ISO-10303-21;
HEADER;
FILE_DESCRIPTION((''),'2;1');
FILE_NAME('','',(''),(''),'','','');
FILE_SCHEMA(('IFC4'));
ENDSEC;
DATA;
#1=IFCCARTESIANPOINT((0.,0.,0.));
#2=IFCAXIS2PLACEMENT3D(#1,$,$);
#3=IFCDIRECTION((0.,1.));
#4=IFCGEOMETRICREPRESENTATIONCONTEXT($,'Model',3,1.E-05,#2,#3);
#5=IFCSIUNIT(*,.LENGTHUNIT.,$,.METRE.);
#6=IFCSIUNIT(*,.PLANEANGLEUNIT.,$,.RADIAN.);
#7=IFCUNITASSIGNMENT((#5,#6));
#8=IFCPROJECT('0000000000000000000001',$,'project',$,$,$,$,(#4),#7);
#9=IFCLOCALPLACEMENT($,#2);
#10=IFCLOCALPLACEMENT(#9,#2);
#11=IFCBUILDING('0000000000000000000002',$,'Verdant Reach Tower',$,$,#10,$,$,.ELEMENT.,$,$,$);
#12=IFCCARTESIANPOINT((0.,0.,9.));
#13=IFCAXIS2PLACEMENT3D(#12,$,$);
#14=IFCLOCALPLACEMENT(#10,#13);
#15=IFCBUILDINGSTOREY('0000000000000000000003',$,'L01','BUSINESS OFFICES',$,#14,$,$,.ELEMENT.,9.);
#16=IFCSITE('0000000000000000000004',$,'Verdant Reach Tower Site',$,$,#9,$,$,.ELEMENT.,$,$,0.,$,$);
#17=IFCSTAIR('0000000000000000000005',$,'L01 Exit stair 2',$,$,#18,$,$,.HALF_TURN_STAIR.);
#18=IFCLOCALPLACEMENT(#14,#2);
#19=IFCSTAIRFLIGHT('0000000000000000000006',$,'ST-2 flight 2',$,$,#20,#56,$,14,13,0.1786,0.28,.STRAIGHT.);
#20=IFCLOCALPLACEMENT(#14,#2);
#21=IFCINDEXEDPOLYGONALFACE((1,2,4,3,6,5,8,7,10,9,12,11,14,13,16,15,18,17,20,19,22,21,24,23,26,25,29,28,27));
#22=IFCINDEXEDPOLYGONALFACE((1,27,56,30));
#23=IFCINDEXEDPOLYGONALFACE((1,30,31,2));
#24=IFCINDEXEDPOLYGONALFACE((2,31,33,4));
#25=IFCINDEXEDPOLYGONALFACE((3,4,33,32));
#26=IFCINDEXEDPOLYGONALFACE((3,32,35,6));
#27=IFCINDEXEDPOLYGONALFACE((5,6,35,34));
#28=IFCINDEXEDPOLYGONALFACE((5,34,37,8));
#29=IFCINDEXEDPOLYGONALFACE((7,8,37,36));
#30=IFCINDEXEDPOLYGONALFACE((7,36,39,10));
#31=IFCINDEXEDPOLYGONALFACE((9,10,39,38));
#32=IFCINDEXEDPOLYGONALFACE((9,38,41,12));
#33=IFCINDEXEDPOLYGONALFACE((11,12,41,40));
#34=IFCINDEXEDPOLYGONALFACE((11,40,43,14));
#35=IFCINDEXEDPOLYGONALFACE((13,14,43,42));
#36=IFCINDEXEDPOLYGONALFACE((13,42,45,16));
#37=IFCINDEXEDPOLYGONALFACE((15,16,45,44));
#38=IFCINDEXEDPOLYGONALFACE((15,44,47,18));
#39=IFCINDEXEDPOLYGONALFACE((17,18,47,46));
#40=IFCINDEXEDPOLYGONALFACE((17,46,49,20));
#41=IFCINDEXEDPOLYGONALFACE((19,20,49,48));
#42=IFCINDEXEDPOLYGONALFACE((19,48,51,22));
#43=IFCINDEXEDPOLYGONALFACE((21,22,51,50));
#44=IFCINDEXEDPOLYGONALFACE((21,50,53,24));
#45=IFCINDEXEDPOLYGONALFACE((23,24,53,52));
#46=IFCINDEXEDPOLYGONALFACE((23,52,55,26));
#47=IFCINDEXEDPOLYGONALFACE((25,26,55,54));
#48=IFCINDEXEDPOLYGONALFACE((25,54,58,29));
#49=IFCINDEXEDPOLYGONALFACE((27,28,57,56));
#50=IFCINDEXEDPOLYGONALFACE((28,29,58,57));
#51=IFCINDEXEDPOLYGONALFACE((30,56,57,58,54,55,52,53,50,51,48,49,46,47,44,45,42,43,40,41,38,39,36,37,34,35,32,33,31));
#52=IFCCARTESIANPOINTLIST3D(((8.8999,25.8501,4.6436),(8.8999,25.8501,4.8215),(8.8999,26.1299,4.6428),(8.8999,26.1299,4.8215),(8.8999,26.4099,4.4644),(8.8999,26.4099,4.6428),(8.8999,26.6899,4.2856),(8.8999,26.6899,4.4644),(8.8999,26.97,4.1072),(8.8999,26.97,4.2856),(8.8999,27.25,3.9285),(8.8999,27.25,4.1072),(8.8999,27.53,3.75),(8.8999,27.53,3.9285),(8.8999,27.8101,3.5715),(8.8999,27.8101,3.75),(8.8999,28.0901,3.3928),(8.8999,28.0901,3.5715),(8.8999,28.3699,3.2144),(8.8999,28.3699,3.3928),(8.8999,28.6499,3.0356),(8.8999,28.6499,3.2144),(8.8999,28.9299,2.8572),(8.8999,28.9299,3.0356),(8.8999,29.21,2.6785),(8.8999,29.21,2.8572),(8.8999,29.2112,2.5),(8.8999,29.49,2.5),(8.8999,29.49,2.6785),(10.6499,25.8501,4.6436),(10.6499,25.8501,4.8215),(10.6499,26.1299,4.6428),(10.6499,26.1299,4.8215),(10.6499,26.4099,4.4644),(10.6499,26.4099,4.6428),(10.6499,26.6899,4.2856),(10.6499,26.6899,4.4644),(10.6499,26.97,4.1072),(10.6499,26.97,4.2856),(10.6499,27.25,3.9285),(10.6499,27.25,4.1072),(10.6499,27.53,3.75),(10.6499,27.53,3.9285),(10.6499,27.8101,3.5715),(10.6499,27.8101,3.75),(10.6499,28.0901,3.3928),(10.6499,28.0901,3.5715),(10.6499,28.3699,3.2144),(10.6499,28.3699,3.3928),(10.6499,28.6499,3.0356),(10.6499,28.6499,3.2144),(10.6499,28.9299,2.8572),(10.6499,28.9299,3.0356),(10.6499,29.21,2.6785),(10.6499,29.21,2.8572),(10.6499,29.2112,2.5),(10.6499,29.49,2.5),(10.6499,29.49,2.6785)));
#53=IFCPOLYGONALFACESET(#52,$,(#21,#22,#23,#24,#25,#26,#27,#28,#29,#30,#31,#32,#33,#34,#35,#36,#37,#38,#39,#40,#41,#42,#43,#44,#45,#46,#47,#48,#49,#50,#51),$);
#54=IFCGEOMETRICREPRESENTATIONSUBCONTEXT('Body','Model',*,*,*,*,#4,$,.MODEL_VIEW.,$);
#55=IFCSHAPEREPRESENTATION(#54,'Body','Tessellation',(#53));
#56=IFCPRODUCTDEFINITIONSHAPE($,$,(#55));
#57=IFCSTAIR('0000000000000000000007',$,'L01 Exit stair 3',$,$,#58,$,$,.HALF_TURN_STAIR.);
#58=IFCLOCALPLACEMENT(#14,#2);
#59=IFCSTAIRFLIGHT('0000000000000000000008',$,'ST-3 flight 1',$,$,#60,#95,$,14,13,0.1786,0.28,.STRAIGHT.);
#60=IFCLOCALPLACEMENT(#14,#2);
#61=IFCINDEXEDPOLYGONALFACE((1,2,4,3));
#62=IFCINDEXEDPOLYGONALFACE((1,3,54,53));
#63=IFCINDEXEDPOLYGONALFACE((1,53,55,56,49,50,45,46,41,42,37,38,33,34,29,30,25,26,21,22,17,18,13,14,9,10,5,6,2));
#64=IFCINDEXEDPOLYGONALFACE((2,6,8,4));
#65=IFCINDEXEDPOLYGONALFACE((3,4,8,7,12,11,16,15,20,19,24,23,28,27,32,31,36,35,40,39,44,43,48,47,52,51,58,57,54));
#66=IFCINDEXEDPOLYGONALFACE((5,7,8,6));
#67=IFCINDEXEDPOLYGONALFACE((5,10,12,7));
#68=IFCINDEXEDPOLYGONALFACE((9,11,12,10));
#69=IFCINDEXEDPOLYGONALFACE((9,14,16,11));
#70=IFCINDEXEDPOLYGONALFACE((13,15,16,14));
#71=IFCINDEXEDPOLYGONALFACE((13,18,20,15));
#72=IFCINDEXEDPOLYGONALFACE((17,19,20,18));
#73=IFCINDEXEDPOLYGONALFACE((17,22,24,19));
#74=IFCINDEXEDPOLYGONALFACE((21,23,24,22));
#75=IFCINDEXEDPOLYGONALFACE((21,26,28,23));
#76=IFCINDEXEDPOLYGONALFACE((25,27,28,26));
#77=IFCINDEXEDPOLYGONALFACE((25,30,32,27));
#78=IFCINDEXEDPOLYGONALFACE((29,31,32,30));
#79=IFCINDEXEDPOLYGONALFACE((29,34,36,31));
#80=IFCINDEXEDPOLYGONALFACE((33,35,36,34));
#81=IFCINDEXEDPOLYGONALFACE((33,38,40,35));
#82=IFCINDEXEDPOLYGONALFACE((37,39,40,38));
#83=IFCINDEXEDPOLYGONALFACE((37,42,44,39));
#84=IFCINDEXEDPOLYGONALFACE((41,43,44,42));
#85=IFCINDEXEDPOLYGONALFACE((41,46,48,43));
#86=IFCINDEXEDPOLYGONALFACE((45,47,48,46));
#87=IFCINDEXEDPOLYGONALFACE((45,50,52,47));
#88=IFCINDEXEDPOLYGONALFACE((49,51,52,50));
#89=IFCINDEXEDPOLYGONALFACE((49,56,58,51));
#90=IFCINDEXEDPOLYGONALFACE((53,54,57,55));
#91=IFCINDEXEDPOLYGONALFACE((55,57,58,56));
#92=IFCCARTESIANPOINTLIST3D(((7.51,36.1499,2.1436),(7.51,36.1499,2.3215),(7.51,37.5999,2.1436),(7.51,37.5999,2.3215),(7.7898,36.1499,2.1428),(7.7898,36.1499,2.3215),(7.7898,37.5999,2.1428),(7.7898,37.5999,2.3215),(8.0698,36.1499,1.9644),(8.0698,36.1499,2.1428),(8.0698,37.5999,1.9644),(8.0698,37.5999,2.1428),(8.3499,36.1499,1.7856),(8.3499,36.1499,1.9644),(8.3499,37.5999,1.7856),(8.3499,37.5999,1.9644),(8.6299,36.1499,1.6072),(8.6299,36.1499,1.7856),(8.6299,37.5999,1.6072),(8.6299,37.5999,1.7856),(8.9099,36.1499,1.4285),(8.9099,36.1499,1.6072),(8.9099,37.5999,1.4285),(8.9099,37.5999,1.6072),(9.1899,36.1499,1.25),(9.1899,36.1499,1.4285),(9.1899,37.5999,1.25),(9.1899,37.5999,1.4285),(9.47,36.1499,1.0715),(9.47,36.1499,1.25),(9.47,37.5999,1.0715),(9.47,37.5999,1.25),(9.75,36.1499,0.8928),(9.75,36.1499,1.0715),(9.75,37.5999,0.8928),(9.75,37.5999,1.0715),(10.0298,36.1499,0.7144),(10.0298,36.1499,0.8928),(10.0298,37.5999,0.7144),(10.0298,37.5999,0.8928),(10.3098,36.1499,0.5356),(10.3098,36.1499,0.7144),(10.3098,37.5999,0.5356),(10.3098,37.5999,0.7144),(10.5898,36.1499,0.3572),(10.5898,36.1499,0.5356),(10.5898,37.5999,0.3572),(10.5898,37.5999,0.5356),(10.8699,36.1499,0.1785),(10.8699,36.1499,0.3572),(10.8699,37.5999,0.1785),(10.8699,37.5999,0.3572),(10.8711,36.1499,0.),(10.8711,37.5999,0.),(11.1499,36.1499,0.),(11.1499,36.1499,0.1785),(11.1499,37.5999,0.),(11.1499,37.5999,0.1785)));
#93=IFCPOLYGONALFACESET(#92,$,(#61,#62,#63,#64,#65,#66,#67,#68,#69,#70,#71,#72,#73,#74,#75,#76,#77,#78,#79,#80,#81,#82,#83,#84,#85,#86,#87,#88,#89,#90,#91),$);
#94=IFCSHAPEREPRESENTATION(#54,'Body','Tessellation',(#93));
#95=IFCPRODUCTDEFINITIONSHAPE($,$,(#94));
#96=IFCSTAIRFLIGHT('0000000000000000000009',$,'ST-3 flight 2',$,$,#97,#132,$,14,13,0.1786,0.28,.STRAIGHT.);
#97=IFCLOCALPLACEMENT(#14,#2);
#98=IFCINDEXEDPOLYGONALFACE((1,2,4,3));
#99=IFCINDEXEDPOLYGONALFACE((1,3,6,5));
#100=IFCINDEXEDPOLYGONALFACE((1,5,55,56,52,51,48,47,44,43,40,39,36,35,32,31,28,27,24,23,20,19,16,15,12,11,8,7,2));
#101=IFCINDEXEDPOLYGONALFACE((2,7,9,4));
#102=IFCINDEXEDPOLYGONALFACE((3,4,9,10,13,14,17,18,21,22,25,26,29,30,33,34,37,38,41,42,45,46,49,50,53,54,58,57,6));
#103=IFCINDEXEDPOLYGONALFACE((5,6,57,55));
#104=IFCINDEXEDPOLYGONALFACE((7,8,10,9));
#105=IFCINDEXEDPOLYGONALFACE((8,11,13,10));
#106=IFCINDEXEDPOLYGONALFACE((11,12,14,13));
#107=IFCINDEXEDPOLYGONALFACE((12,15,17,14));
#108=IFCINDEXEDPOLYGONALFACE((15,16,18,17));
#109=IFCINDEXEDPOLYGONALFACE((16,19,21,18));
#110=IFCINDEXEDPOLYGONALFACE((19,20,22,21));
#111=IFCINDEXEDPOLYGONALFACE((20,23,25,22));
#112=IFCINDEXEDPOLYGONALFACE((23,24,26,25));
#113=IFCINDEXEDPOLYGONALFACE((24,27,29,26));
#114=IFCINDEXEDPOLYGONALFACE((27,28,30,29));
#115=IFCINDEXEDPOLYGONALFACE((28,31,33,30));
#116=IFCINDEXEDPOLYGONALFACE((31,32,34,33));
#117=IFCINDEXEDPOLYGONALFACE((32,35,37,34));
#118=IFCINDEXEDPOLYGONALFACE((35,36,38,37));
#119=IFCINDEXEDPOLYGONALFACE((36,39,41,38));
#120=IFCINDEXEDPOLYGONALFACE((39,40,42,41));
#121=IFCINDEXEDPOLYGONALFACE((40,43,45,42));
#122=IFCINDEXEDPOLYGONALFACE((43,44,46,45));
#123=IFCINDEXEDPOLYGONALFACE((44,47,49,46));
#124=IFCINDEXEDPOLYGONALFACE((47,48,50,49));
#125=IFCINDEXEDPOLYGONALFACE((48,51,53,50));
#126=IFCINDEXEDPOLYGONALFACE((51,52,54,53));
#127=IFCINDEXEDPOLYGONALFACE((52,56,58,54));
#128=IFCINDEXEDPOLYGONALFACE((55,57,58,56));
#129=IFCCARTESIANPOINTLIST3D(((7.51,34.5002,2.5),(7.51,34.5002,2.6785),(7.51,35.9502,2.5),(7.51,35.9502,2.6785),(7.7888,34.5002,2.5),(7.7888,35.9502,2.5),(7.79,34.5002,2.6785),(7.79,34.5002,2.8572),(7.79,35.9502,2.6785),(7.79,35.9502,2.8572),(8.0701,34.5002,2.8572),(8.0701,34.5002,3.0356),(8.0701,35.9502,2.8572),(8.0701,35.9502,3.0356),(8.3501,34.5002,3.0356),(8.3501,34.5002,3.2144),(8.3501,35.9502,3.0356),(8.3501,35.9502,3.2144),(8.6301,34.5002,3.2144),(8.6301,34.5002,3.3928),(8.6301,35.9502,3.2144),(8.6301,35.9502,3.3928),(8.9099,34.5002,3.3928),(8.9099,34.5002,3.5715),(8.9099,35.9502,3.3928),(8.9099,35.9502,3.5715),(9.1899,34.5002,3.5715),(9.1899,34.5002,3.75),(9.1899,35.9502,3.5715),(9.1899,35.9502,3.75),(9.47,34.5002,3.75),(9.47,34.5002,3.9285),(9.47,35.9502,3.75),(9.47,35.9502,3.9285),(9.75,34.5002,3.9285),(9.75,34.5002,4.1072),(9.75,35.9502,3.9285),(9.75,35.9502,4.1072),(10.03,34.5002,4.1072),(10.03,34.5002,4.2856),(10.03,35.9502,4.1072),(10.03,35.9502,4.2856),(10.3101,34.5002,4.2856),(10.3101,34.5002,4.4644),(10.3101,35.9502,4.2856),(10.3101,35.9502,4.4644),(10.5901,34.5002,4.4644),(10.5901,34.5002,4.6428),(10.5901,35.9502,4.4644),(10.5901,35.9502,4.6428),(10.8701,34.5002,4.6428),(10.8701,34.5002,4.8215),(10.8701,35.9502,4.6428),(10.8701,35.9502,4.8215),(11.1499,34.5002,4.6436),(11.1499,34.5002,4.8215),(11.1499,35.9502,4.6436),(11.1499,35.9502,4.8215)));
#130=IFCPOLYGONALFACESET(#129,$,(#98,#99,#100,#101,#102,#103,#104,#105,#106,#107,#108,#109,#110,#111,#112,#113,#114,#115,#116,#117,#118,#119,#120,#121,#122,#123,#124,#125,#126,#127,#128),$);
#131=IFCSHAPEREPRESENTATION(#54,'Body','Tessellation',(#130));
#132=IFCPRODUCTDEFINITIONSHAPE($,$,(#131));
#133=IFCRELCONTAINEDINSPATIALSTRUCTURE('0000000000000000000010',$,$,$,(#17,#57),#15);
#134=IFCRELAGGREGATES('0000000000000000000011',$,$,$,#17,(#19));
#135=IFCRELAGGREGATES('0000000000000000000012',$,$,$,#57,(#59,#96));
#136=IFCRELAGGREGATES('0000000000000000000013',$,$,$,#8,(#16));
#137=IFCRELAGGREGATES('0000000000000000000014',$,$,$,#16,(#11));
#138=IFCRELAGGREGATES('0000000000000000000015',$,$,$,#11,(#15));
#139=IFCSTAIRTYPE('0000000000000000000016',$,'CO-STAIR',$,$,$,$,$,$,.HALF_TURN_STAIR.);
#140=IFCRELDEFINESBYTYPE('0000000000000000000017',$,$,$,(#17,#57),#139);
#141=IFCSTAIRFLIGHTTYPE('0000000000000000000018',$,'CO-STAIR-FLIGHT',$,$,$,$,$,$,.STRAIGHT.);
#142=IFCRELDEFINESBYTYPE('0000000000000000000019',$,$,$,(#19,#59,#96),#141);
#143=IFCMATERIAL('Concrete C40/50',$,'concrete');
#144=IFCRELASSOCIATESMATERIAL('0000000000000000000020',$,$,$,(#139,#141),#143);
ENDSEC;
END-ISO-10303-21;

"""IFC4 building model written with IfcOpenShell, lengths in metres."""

from ifc_helpers import new_model, si_unit, direction, frame, origin, place, context, subcontext, project, spatial, polyline, outline, extrude, material, type_object, element, aggregate, save


model = new_model("IFC4")

# Units and contexts
model_context = context("Model", 3, precision=1e-05, world=origin(), true_north=direction((0.0, 1.0)))
body_context = subcontext(model_context, "Body", "Model", "MODEL_VIEW")
ifc_project = project(units=[si_unit("LENGTHUNIT", "METRE"), si_unit("PLANEANGLEUNIT", "RADIAN")], contexts=[model_context])

# Site, building, storey
site_placement = place(None, origin())
site = spatial("IfcSite", under=ifc_project, at=site_placement, Name="Verdant Reach Tower Site", CompositionType="ELEMENT", RefElevation=0.0)
building_placement = place(site_placement, origin())
building = spatial("IfcBuilding", under=site, at=building_placement, Name="Verdant Reach Tower", CompositionType="ELEMENT")
storey_placement = place(building_placement, frame((0.0, 0.0, 9.0)))
storey = spatial("IfcBuildingStorey", under=building, at=storey_placement, Name="L01", Description="BUSINESS OFFICES", CompositionType="ELEMENT", Elevation=9.0)

# Shared definitions
ifc_material_1 = material(Name="Concrete C40/50", Category="concrete")

# Stairs, stair flights
stair_type = type_object("IfcStairType", Name="CO-STAIR", PredefinedType="HALF_TURN_STAIR", material=ifc_material_1)
stair_1_placement = place(storey_placement, origin())
stair_1 = element("IfcStair", 1, at=stair_1_placement, inside=storey, type_object=stair_type, Name="L01 Exit stair 2", PredefinedType="HALF_TURN_STAIR")
stair_flight_type = type_object("IfcStairFlightType", Name="CO-STAIR-FLIGHT", PredefinedType="STRAIGHT", material=ifc_material_1)
stair_flight_1_placement = place(storey_placement, frame((9.7749, 29.49, 2.5), z_axis=(0.0, 0.0, 1.0), x_axis=(0.0, -1.0, 0.0)))
stair_flight_1 = element("IfcStairFlight", 2, at=stair_flight_1_placement, type_object=stair_flight_type, Name="ST-2 flight 2", NumberOfRisers=14, NumberOfTreads=13, PredefinedType="STRAIGHT", RiserHeight=0.1786, TreadLength=0.28, context=body_context, shape_type="SweptSolid", body=[
    extrude(outline(polyline([(0.0, 0.0), (0.0, 0.1785), (0.28, 0.1785), (0.28, 0.3572), (0.5601, 0.3572), (0.5601, 0.5356), (0.8401, 0.5356), (0.8401, 0.7144), (1.1201, 0.7144), (1.1201, 0.8928), (1.3999, 0.8928), (1.3999, 1.0715), (1.6799, 1.0715), (1.6799, 1.25), (1.96, 1.25), (1.96, 1.4285), (2.24, 1.4285), (2.24, 1.6072), (2.52, 1.6072), (2.52, 1.7856), (2.8, 1.7856), (2.8, 1.9644), (3.0801, 1.9644), (3.0801, 2.1428), (3.3601, 2.1428), (3.3601, 2.3215), (3.6399, 2.3215), (3.6399, 2.5), (3.6399, 2.1436), (0.2788, 0.0), (0.0, 0.0)])), frame((0.0, 0.875, 0.0), z_axis=(0.0, -1.0, 0.0), x_axis=(1.0, 0.0, 0.0)), (0.0, 0.0, 1.0), 1.75),
])
aggregate(stair_1, [stair_flight_1])
stair_2_placement = place(storey_placement, origin())
stair_2 = element("IfcStair", 3, at=stair_2_placement, inside=storey, type_object=stair_type, Name="L01 Exit stair 3", PredefinedType="HALF_TURN_STAIR")
stair_flight_2_placement = place(storey_placement, frame((11.1499, 36.875, 0.0), z_axis=(0.0, 0.0, 1.0), x_axis=(-1.0, 0.0, 0.0)))
stair_flight_2 = element("IfcStairFlight", 4, at=stair_flight_2_placement, type_object=stair_flight_type, Name="ST-3 flight 1", NumberOfRisers=14, NumberOfTreads=13, PredefinedType="STRAIGHT", RiserHeight=0.1786, TreadLength=0.28, context=body_context, shape_type="SweptSolid", body=[
    extrude(outline(polyline([(0.0, 0.0), (0.0, 0.1785), (0.28, 0.1785), (0.28, 0.3572), (0.5601, 0.3572), (0.5601, 0.5356), (0.8401, 0.5356), (0.8401, 0.7144), (1.1201, 0.7144), (1.1201, 0.8928), (1.3999, 0.8928), (1.3999, 1.0715), (1.6799, 1.0715), (1.6799, 1.25), (1.96, 1.25), (1.96, 1.4285), (2.24, 1.4285), (2.24, 1.6072), (2.52, 1.6072), (2.52, 1.7856), (2.8, 1.7856), (2.8, 1.9644), (3.0801, 1.9644), (3.0801, 2.1428), (3.3601, 2.1428), (3.3601, 2.3215), (3.6399, 2.3215), (3.6399, 2.5), (3.6399, 2.1436), (0.2788, 0.0), (0.0, 0.0)])), frame((0.0, 0.7251, 0.0), z_axis=(0.0, -1.0, 0.0), x_axis=(1.0, 0.0, 0.0)), (0.0, 0.0, 1.0), 1.45),
])
stair_flight_3_placement = place(storey_placement, frame((7.51, 35.2251, 2.5), z_axis=(0.0, 0.0, 1.0), x_axis=(1.0, 0.0, 0.0)))
stair_flight_3 = element("IfcStairFlight", 5, at=stair_flight_3_placement, type_object=stair_flight_type, Name="ST-3 flight 2", NumberOfRisers=14, NumberOfTreads=13, PredefinedType="STRAIGHT", RiserHeight=0.1786, TreadLength=0.28, context=body_context, shape_type="SweptSolid", body=[
    extrude(outline(polyline([(0.0, 0.0), (0.0, 0.1785), (0.28, 0.1785), (0.28, 0.3572), (0.5601, 0.3572), (0.5601, 0.5356), (0.8401, 0.5356), (0.8401, 0.7144), (1.1201, 0.7144), (1.1201, 0.8928), (1.3999, 0.8928), (1.3999, 1.0715), (1.6799, 1.0715), (1.6799, 1.25), (1.96, 1.25), (1.96, 1.4285), (2.24, 1.4285), (2.24, 1.6072), (2.52, 1.6072), (2.52, 1.7856), (2.8, 1.7856), (2.8, 1.9644), (3.0801, 1.9644), (3.0801, 2.1428), (3.3601, 2.1428), (3.3601, 2.3215), (3.6399, 2.3215), (3.6399, 2.5), (3.6399, 2.1436), (0.2788, 0.0), (0.0, 0.0)])), frame((0.0, 0.7251, 0.0), z_axis=(0.0, -1.0, 0.0), x_axis=(1.0, 0.0, 0.0)), (0.0, 0.0, 1.0), 1.45),
])
aggregate(stair_2, [stair_flight_2, stair_flight_3])

save(model, "model.ifc")
